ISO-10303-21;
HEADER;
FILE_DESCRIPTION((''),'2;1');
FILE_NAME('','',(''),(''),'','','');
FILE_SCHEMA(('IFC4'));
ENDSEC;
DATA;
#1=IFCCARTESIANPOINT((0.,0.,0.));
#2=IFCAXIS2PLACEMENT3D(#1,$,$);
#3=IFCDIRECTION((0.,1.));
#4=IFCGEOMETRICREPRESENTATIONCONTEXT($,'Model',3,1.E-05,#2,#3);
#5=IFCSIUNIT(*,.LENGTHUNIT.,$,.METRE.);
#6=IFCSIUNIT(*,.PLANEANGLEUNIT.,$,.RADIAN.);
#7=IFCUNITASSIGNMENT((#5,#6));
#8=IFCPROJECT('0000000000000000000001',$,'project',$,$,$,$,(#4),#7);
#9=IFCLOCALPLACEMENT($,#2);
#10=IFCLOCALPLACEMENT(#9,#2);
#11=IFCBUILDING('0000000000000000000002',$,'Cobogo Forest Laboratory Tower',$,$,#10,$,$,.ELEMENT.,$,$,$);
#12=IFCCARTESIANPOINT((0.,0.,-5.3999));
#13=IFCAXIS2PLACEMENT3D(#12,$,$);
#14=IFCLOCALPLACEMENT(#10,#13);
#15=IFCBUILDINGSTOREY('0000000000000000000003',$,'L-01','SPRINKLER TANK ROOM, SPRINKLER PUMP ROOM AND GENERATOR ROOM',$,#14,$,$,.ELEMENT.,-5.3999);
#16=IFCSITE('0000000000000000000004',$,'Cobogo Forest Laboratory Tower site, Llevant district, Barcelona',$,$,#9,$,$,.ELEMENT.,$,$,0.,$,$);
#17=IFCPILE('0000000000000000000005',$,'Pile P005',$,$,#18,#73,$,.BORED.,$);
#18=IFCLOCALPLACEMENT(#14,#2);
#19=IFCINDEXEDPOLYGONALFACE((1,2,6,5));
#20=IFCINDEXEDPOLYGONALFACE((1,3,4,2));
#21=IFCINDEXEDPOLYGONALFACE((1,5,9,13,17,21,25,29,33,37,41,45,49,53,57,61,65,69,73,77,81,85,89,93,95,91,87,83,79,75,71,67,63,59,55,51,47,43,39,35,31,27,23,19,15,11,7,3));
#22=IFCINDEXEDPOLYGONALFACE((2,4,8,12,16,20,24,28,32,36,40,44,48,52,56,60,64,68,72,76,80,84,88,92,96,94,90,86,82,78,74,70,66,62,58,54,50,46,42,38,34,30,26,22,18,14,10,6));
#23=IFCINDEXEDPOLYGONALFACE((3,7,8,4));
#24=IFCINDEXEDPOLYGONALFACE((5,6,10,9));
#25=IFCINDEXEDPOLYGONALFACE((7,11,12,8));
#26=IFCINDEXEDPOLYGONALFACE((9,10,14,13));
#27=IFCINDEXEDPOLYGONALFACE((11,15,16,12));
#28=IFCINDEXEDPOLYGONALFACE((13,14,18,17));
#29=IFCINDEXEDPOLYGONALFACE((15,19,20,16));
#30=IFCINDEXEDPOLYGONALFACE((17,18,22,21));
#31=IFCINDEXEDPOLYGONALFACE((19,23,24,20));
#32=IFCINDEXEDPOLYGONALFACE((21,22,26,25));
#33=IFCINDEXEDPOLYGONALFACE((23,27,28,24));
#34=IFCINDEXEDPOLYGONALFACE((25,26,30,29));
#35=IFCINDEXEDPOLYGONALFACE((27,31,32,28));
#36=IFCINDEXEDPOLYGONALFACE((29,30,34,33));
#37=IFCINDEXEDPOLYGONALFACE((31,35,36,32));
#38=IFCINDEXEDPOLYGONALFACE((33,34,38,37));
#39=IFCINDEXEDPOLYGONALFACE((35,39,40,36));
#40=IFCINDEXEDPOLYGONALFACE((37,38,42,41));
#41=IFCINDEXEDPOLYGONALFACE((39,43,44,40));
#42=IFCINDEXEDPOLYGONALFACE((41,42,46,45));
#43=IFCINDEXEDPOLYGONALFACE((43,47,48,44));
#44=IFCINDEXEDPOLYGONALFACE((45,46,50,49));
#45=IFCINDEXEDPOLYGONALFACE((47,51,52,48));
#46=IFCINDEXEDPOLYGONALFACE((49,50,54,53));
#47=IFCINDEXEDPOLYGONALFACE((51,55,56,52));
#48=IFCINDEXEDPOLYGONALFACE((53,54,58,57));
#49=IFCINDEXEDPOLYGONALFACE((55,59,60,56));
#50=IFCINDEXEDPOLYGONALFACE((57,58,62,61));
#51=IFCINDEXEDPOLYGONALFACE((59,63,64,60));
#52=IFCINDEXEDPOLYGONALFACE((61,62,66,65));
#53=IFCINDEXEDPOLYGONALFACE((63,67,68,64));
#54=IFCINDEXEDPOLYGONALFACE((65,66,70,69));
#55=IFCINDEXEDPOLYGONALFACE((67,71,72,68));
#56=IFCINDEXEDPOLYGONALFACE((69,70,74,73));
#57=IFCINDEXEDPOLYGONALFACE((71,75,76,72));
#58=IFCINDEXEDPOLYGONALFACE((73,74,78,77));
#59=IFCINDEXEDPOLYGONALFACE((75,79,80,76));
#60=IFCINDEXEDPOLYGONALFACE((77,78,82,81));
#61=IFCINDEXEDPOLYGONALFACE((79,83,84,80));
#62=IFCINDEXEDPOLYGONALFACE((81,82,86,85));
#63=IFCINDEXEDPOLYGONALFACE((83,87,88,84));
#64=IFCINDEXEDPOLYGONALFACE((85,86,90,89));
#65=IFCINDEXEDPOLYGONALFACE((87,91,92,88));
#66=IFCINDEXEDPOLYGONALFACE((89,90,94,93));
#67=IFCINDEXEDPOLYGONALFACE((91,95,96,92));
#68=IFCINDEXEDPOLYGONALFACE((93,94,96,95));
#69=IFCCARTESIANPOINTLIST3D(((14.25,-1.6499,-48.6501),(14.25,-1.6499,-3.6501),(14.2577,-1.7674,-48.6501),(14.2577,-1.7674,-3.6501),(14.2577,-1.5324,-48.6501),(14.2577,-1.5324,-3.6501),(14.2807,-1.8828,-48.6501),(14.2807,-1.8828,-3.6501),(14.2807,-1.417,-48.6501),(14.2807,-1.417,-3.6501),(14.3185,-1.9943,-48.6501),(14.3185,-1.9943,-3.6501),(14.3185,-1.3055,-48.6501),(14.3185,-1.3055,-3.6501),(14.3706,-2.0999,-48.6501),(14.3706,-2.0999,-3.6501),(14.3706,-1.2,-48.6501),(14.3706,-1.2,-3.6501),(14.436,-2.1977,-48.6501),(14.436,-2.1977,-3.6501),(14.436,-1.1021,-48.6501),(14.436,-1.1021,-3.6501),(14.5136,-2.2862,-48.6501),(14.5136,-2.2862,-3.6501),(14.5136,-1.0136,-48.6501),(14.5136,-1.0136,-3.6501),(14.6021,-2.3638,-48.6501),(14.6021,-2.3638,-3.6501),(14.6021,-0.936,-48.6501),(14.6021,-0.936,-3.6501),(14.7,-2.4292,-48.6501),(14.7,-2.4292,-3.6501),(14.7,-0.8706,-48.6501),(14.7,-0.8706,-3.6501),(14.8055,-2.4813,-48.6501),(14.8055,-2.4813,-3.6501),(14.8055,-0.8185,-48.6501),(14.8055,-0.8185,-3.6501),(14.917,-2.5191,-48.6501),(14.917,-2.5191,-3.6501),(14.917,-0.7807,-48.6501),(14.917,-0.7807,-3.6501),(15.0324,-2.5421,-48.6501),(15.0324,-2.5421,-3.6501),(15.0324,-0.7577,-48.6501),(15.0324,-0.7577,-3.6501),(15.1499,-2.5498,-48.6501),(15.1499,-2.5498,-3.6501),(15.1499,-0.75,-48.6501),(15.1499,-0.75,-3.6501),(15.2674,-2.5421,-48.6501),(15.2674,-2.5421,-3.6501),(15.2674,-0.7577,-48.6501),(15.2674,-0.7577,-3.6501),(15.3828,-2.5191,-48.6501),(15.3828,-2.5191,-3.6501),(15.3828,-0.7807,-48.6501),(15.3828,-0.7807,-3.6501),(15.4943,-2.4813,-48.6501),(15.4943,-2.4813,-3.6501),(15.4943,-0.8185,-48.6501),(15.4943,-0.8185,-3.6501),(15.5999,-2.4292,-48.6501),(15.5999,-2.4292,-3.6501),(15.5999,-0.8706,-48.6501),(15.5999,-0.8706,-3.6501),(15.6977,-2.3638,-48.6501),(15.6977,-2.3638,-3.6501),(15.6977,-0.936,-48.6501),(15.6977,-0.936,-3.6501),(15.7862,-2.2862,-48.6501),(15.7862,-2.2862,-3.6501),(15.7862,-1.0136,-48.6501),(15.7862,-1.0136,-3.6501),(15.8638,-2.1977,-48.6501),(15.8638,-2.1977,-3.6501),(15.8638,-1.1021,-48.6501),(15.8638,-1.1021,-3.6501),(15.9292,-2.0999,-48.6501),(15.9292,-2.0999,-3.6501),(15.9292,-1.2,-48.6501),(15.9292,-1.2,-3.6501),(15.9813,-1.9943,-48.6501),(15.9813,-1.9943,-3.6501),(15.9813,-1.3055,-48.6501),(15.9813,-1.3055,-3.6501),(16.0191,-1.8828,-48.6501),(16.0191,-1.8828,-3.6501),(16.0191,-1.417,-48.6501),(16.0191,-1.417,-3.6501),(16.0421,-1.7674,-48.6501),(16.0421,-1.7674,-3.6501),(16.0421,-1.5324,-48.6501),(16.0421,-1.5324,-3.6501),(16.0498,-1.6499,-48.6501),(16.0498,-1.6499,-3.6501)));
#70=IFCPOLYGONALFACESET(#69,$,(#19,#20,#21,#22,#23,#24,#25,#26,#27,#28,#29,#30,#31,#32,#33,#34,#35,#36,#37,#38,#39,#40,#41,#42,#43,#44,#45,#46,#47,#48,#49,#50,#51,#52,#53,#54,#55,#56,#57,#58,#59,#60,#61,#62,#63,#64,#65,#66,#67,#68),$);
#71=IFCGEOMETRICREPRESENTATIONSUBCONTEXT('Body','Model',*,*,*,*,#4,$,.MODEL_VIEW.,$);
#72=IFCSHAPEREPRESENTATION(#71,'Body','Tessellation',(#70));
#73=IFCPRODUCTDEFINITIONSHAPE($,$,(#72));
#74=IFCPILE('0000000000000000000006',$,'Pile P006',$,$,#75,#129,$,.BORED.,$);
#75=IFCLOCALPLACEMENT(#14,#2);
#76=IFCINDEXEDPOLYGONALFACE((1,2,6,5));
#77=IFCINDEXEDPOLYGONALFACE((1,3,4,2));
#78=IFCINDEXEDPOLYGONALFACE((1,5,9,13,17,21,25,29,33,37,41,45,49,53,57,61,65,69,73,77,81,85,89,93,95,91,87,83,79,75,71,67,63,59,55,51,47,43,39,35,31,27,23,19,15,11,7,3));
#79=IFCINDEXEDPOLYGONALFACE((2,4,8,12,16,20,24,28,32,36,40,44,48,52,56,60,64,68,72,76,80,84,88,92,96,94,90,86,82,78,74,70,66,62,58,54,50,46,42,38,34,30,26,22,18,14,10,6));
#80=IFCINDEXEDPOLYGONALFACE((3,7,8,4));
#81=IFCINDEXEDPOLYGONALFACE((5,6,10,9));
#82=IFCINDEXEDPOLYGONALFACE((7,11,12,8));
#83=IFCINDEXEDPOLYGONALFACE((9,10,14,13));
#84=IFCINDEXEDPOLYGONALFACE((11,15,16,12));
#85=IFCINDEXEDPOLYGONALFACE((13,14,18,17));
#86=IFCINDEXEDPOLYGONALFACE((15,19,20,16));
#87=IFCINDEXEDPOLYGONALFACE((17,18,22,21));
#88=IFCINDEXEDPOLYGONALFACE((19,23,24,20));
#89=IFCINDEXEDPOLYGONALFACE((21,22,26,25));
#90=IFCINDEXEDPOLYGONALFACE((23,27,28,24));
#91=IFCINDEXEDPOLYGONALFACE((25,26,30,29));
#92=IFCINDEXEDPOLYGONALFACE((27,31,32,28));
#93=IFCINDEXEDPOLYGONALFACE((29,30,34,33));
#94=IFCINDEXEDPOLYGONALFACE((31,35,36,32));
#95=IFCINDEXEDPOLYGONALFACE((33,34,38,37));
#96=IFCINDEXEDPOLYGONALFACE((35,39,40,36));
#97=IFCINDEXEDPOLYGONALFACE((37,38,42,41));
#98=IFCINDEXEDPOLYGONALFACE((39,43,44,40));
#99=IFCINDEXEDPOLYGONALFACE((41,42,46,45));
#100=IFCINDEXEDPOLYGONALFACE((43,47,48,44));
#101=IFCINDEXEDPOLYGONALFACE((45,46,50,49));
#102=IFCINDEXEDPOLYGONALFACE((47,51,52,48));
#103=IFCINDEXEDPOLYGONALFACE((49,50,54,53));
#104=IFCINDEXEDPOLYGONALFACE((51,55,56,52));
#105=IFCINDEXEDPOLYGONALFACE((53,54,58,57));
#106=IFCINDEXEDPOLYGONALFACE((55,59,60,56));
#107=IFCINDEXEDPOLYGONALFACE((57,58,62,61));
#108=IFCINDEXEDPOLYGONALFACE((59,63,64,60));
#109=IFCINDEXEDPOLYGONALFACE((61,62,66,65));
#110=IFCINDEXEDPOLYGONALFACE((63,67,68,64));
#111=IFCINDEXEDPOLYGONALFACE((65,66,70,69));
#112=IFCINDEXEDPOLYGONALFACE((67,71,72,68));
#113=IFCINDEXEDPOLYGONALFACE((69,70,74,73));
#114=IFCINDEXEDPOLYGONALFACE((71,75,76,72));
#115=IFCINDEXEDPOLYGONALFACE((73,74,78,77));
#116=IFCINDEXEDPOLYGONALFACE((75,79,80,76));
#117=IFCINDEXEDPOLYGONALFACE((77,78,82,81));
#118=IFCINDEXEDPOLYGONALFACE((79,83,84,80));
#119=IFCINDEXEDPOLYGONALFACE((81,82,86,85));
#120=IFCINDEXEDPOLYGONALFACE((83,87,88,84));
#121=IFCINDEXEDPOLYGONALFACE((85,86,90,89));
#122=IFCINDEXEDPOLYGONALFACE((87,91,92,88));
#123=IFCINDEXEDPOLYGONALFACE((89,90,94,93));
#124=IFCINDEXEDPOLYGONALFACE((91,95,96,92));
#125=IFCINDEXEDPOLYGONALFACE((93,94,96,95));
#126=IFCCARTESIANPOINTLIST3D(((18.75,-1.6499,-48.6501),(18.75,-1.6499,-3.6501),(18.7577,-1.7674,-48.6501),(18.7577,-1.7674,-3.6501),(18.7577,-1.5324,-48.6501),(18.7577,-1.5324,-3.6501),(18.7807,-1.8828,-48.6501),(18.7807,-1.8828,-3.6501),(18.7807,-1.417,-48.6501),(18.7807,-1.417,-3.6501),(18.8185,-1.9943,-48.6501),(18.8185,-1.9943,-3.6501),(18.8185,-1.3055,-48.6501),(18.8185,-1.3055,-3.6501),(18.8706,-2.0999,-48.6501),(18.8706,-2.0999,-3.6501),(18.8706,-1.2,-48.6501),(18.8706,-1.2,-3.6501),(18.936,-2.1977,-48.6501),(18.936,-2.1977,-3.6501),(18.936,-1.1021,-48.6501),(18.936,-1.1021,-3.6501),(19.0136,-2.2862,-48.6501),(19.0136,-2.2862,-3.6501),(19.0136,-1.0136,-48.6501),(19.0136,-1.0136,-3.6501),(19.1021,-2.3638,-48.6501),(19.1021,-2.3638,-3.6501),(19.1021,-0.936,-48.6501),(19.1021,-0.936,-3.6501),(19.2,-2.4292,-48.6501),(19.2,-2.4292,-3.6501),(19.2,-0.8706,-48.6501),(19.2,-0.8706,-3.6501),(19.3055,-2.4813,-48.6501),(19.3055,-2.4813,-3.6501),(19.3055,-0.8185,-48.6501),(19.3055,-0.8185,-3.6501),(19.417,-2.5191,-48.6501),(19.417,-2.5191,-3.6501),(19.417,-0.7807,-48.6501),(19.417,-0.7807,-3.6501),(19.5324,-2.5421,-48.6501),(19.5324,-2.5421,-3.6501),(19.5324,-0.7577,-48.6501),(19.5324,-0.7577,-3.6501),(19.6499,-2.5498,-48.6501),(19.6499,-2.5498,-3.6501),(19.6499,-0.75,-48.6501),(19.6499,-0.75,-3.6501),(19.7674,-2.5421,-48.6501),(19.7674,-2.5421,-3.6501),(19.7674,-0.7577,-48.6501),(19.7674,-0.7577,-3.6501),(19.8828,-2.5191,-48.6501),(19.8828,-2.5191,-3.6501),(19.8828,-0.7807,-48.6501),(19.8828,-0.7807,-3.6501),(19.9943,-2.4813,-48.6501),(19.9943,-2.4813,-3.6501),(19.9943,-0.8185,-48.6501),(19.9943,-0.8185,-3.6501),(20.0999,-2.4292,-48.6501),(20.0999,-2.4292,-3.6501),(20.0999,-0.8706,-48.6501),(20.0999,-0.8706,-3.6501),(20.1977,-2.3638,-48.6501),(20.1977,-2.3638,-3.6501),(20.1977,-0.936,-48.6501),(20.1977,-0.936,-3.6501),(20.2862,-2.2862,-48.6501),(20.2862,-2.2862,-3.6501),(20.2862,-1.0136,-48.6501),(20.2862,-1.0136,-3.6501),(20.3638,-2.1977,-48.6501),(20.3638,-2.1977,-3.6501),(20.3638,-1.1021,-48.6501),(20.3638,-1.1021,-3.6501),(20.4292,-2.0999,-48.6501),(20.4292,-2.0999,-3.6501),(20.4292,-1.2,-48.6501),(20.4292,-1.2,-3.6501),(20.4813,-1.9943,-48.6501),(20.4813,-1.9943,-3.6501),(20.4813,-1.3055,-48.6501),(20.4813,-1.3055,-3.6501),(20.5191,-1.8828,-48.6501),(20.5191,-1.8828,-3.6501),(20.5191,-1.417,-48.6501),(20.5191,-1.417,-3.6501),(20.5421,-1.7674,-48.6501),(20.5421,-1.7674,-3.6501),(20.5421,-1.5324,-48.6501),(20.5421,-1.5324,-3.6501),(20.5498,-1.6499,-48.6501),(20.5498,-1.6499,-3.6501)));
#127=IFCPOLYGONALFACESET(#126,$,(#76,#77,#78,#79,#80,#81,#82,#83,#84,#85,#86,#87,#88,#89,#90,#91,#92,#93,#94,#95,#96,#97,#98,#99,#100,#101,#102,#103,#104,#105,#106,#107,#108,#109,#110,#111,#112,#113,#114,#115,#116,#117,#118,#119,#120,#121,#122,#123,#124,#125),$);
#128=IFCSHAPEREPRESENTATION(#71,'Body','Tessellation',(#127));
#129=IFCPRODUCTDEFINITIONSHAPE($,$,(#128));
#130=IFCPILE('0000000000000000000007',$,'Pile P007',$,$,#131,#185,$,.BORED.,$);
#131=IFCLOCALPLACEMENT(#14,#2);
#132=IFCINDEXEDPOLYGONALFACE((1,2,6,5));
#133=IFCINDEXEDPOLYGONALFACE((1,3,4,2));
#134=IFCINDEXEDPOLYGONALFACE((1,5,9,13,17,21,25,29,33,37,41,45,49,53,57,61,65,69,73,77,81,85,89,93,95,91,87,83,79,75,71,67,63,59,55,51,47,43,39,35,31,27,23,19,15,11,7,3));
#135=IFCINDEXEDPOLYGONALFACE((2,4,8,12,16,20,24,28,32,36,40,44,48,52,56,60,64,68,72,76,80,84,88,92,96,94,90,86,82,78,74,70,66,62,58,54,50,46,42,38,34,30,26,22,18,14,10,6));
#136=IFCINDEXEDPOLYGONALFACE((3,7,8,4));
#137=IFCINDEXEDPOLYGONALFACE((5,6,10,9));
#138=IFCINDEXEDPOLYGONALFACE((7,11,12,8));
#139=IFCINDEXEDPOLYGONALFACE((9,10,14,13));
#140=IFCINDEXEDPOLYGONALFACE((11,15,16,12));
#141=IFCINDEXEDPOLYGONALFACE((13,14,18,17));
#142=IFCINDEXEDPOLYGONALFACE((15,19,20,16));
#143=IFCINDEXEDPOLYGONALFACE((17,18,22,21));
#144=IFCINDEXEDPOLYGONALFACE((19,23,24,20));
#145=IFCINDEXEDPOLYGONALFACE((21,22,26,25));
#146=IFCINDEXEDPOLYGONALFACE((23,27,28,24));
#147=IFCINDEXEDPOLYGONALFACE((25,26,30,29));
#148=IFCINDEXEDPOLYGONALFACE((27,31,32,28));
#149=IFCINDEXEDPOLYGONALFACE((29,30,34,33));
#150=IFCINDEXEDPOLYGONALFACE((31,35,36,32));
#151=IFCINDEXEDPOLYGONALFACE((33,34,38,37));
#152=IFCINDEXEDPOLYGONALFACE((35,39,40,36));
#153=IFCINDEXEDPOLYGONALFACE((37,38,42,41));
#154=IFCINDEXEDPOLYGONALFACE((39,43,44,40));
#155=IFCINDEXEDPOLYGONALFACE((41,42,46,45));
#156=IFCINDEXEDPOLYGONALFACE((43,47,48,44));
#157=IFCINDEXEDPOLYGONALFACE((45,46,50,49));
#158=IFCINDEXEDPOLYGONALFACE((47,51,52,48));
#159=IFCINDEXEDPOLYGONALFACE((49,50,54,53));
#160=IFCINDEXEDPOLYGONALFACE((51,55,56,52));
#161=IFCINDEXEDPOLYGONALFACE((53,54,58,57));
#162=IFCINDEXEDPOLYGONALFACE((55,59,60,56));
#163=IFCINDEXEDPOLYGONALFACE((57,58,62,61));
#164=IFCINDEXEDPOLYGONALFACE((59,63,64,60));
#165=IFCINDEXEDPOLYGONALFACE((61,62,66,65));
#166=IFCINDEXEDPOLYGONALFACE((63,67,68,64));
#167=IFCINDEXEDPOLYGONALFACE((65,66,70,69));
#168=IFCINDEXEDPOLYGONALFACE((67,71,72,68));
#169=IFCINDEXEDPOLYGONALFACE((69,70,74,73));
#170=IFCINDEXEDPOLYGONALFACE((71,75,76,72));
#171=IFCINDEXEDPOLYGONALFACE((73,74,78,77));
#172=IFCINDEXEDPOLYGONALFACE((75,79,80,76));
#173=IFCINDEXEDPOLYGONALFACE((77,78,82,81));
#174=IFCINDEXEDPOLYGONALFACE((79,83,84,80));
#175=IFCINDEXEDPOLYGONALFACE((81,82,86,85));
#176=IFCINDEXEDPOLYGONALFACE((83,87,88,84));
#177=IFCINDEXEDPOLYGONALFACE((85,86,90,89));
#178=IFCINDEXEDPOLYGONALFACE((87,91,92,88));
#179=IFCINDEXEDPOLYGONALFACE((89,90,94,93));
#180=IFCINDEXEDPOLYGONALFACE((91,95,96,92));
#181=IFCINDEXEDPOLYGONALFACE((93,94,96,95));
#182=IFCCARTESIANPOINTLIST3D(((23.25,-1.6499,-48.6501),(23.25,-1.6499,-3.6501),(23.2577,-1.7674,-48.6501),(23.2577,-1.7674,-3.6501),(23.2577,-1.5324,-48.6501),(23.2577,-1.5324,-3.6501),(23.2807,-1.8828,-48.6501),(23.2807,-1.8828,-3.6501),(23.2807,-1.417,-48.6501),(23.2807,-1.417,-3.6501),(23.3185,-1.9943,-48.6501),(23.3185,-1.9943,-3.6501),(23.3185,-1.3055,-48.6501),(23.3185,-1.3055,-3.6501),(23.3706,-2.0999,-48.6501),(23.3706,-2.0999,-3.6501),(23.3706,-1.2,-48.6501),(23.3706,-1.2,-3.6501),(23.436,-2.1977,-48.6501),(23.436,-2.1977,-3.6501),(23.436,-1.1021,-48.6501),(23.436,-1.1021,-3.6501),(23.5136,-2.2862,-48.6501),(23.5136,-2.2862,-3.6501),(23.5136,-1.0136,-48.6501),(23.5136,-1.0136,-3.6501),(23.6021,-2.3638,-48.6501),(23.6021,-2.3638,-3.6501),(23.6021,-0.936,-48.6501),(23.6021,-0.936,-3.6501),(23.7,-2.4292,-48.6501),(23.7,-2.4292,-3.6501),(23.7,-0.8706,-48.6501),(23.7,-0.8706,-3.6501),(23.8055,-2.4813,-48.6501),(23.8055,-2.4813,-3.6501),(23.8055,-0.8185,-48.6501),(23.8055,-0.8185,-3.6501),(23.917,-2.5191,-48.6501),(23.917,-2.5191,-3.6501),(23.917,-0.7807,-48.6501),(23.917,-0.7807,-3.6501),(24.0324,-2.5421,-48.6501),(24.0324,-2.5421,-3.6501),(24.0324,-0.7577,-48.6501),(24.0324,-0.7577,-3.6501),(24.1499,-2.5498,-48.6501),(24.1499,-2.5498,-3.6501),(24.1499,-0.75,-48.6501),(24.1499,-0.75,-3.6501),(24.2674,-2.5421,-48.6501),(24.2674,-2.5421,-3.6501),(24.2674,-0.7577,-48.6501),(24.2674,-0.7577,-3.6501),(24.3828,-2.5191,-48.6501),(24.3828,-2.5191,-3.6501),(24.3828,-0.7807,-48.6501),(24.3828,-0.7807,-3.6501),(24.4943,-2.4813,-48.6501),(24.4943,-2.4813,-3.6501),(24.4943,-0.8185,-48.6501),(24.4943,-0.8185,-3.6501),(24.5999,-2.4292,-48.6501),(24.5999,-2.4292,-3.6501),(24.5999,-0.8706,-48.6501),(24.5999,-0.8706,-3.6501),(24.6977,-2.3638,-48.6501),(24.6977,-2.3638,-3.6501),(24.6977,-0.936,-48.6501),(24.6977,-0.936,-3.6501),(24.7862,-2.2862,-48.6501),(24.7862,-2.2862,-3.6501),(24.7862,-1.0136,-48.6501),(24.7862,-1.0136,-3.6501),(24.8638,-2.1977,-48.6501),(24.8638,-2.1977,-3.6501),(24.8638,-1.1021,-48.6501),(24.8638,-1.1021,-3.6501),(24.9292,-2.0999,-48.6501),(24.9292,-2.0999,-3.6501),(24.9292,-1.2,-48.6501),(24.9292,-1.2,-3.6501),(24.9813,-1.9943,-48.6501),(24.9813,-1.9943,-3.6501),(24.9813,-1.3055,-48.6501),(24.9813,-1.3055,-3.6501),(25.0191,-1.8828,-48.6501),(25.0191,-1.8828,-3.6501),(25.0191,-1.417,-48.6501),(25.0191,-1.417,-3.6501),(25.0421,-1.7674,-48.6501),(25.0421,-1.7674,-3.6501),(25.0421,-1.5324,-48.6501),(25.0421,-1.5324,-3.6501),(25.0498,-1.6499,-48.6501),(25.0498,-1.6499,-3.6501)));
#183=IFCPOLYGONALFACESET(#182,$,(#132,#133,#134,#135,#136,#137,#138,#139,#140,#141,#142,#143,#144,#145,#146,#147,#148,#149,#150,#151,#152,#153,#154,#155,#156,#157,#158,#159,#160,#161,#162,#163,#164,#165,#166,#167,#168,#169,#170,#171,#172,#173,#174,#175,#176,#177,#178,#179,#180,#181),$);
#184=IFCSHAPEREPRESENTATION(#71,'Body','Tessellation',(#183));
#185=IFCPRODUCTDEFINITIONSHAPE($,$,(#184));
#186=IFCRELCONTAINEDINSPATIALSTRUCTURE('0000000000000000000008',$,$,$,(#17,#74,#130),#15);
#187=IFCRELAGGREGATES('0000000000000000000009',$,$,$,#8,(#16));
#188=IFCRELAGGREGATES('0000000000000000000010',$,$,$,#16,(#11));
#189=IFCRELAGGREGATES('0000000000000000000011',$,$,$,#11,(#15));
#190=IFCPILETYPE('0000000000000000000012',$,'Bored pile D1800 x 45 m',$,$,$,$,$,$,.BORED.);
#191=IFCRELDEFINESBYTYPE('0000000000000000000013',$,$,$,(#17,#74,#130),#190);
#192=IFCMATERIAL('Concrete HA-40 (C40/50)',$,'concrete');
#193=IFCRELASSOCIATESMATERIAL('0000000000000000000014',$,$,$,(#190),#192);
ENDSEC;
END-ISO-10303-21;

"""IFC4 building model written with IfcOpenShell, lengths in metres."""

from ifc_helpers import new_model, si_unit, direction, frame, origin, origin_2d, place, context, subcontext, project, spatial, circle, extrude, material, material_profile, profile_set, type_object, element, save


model = new_model("IFC4")

# Units and contexts
model_context = context("Model", 3, precision=1e-05, world=origin(), true_north=direction((0.0, 1.0)))
body_context = subcontext(model_context, "Body", "Model", "MODEL_VIEW")
ifc_project = project(units=[si_unit("LENGTHUNIT", "METRE"), si_unit("PLANEANGLEUNIT", "RADIAN")], contexts=[model_context])

# Site, building, storey
site_placement = place(None, origin())
site = spatial("IfcSite", under=ifc_project, at=site_placement, Name="Cobogo Forest Laboratory Tower site, Llevant district, Barcelona", CompositionType="ELEMENT", RefElevation=0.0)
building_placement = place(site_placement, origin())
building = spatial("IfcBuilding", under=site, at=building_placement, Name="Cobogo Forest Laboratory Tower", CompositionType="ELEMENT")
storey_placement = place(building_placement, frame((0.0, 0.0, -5.3999)))
storey = spatial("IfcBuildingStorey", under=building, at=storey_placement, Name="L-01", Description="SPRINKLER TANK ROOM, SPRINKLER PUMP ROOM AND GENERATOR ROOM", CompositionType="ELEMENT", Elevation=-5.3999)

# Piles
ifc_material_1 = material(Name="Concrete HA-40 (C40/50)", Category="concrete")
ifc_material_profile_1 = material_profile(ifc_material_1, circle(Radius=0.8999, at=origin_2d()), Name="PILE D1800")
ifc_profile_set_1 = profile_set([ifc_material_profile_1], Name="Concrete HA-40 (C40/50)")
pile_type_1 = type_object("IfcPileType", Name="Bored pile D1800 x 45 m", PredefinedType="BORED", material=ifc_profile_set_1)
for number, where, z_axis, x_axis, name in (
    (1, (15.1499, -1.6499, -3.6501), (0.0, 0.0, -1.0), (1.0, 0.0, 0.0), "Pile P005"),
    (2, (19.6499, -1.6499, -3.6501), (0.0, 0.0, -1.0), (1.0, 0.0, 0.0), "Pile P006"),
    (3, (24.1499, -1.6499, -3.6501), (0.0, 0.0, -1.0), (1.0, 0.0, 0.0), "Pile P007"),
):
    element("IfcPile", number, at=place(storey_placement, frame(where, z_axis=z_axis, x_axis=x_axis)), inside=storey, type_object=pile_type_1, Name=name, PredefinedType="BORED", context=body_context, shape_type="SweptSolid", body=[
        extrude(circle(Radius=0.8999, at=origin_2d()), origin(), (0.0, 0.0, 1.0), 45.0),
    ])

save(model, "model.ifc")
